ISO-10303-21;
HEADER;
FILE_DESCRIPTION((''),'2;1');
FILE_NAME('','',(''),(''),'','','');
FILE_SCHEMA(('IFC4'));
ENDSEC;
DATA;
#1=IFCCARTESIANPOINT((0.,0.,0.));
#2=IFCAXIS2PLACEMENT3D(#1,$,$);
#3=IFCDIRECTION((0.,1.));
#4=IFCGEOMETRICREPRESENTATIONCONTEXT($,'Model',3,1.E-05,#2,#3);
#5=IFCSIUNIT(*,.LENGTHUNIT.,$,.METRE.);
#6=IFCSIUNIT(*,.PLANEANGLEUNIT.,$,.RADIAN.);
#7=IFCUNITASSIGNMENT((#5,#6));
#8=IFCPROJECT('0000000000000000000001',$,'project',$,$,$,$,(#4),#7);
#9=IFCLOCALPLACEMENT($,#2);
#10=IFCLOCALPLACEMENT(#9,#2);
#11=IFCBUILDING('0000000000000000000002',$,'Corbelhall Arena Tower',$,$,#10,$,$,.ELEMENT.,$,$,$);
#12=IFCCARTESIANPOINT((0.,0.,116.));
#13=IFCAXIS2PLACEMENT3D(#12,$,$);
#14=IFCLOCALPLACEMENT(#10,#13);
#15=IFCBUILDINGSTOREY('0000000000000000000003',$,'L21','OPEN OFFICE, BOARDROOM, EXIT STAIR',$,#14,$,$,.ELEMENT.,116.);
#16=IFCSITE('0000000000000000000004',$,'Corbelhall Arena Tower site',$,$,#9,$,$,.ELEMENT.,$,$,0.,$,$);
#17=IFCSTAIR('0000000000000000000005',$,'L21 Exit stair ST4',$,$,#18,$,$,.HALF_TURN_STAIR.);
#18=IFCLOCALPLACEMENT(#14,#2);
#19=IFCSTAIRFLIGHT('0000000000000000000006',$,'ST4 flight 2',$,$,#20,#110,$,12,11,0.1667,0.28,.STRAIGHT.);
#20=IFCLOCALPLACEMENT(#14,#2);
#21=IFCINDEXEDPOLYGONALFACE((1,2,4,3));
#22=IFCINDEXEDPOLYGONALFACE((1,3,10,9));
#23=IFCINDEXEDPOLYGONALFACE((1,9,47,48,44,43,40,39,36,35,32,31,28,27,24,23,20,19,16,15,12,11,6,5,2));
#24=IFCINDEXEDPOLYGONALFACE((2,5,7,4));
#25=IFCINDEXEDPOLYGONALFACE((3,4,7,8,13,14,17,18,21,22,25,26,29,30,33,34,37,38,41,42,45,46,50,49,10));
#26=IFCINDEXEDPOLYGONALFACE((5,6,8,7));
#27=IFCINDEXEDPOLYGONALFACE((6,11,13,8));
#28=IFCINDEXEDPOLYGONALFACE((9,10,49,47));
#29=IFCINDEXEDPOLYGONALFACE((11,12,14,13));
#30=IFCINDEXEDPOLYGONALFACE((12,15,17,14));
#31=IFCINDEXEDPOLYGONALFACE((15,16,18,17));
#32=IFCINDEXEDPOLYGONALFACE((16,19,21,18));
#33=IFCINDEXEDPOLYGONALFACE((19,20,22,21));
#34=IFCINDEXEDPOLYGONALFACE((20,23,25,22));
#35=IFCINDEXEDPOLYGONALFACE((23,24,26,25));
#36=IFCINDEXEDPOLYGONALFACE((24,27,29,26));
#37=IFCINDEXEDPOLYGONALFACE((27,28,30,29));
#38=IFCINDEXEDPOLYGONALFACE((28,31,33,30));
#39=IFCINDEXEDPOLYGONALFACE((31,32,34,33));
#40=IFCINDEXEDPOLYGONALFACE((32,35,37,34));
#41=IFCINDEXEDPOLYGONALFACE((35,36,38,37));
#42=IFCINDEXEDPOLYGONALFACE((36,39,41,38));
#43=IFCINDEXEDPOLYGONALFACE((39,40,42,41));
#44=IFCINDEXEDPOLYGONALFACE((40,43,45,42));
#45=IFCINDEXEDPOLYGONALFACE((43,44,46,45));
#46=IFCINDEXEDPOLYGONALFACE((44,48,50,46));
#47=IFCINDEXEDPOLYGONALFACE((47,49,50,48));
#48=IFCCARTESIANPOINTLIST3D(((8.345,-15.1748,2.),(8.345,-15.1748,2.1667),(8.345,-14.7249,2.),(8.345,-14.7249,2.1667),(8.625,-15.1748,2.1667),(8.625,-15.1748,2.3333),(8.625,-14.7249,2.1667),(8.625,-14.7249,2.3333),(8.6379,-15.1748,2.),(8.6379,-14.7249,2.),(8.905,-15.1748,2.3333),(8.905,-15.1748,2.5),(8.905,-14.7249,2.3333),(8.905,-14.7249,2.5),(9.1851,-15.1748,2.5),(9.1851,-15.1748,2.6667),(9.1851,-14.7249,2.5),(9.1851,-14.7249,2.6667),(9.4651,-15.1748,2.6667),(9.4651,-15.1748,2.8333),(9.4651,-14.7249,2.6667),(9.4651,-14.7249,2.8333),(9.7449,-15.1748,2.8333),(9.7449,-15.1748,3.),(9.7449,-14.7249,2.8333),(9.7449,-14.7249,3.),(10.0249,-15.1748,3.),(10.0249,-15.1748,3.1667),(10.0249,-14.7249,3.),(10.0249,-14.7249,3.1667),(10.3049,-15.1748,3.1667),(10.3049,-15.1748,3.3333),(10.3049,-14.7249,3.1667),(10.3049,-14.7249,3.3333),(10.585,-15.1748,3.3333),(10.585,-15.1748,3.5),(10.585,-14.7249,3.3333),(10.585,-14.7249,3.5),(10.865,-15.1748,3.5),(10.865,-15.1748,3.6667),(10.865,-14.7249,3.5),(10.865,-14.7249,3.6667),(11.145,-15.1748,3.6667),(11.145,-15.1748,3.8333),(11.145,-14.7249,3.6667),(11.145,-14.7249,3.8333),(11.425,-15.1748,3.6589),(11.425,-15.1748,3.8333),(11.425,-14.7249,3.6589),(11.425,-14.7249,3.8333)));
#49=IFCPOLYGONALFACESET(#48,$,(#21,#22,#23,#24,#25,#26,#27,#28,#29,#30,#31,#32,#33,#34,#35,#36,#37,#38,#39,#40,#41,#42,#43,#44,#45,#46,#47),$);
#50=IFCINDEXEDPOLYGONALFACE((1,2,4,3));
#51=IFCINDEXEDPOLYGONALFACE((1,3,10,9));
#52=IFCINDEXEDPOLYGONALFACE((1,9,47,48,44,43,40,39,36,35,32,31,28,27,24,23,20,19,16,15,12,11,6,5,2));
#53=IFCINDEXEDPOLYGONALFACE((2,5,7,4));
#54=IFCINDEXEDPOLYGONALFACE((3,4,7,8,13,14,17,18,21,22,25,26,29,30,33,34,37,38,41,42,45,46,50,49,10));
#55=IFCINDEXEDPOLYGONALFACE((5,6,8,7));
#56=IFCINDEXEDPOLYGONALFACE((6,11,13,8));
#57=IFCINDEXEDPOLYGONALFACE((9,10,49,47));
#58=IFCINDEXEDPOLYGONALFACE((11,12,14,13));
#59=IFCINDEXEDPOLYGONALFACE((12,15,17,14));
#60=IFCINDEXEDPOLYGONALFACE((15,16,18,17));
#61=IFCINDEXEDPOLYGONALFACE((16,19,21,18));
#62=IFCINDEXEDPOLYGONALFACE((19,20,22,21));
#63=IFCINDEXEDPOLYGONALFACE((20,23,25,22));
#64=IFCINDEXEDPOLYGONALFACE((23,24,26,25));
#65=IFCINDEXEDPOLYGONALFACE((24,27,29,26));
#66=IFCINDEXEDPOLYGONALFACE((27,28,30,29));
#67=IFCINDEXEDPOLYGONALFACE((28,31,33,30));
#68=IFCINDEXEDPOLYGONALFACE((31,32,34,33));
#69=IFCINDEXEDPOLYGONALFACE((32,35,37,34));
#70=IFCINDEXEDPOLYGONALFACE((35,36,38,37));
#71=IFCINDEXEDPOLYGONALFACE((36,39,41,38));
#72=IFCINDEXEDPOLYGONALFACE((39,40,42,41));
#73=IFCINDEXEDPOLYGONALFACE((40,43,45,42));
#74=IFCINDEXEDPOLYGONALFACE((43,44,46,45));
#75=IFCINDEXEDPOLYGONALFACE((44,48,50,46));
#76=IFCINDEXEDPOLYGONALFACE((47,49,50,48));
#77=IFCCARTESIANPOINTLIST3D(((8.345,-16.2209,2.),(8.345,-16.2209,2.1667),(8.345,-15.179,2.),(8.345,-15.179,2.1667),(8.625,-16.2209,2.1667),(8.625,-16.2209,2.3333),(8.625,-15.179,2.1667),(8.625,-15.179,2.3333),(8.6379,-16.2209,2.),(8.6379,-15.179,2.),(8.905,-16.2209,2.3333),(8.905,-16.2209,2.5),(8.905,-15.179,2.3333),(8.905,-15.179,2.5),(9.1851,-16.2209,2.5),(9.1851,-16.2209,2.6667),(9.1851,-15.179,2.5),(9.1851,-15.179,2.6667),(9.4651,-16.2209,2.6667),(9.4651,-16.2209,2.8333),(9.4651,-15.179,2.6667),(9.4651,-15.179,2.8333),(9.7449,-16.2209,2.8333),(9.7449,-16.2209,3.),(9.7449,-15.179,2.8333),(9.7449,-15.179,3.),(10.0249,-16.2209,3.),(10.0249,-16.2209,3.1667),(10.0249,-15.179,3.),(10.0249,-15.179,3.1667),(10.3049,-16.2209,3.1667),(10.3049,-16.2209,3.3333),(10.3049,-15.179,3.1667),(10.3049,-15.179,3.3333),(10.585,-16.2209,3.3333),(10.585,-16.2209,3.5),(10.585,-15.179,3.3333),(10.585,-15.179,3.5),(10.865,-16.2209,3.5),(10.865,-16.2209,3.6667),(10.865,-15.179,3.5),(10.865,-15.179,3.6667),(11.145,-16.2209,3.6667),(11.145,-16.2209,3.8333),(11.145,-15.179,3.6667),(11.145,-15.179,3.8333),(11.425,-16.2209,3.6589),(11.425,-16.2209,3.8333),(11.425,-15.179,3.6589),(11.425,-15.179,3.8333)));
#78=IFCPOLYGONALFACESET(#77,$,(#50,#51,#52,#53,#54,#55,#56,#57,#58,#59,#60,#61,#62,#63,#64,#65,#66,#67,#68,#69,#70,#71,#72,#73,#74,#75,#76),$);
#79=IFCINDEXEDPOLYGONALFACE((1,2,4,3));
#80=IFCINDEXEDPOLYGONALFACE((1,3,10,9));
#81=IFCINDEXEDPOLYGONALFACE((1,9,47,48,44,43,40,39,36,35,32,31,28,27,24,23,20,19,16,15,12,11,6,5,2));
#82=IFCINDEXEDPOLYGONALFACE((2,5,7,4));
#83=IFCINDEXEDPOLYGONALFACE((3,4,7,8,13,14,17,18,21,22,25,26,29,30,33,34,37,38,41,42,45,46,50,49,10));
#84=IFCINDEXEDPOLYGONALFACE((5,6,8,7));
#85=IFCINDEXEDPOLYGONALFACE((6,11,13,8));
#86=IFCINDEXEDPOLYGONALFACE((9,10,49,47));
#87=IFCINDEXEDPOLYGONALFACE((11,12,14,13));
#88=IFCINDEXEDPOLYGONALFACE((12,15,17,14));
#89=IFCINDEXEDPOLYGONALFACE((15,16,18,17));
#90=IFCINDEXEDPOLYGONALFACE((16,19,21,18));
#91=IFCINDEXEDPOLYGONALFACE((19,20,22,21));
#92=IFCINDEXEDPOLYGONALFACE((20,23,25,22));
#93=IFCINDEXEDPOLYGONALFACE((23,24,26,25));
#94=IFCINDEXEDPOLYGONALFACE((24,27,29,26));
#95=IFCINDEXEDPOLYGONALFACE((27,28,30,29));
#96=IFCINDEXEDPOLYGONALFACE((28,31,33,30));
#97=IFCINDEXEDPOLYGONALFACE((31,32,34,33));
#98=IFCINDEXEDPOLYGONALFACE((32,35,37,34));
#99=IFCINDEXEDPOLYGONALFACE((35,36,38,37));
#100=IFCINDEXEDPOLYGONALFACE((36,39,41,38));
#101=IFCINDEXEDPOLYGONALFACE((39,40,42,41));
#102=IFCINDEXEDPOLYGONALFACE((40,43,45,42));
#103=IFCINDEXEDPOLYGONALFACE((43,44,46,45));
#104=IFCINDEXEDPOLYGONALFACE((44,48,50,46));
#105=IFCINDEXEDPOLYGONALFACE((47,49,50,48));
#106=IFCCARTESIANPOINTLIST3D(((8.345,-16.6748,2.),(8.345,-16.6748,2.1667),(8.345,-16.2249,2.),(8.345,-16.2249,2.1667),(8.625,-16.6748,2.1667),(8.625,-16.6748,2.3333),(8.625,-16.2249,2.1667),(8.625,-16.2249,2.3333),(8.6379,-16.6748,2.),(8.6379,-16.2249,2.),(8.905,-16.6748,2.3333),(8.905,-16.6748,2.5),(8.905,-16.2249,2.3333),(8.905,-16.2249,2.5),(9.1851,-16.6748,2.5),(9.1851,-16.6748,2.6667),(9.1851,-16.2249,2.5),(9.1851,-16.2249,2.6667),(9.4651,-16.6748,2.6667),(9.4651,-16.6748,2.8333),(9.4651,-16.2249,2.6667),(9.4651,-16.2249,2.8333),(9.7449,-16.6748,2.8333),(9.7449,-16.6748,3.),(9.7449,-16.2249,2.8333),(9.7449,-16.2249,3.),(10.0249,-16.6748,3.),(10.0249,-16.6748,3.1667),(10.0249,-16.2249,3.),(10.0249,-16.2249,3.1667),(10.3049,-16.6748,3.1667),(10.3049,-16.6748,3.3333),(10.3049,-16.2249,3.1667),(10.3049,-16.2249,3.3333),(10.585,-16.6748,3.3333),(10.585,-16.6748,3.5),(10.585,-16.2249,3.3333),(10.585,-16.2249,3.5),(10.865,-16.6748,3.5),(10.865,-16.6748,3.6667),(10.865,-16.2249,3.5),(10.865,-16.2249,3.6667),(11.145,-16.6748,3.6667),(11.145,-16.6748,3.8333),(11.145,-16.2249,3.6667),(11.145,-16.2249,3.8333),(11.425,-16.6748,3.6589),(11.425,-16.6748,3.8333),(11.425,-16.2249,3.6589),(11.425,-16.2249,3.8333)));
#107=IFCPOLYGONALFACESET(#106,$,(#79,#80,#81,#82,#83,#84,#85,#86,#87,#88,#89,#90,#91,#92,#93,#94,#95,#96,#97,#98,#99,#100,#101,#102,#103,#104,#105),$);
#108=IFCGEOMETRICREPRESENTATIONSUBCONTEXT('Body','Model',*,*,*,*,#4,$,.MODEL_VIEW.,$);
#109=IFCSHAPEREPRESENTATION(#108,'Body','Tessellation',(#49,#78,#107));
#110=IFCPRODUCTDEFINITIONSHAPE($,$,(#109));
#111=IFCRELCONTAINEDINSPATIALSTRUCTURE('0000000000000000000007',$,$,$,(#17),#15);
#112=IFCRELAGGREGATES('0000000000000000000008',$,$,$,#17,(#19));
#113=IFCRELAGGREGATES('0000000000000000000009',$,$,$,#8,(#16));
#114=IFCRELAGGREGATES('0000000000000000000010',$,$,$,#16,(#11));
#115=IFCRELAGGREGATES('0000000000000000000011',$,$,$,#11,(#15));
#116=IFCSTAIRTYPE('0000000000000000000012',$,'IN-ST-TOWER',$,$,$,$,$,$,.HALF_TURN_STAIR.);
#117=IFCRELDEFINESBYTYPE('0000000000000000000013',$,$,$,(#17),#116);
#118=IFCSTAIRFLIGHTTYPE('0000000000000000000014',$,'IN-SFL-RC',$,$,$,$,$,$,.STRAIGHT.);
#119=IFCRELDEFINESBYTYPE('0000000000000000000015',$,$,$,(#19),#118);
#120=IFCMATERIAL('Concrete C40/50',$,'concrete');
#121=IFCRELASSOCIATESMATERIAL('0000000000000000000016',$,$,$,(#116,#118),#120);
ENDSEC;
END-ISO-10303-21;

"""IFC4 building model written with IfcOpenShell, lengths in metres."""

from ifc_helpers import new_model, si_unit, direction, frame, origin, place, context, subcontext, project, spatial, polyline, outline, extrude, material, type_object, element, aggregate, save


model = new_model("IFC4")

# Units and contexts
model_context = context("Model", 3, precision=1e-05, world=origin(), true_north=direction((0.0, 1.0)))
body_context = subcontext(model_context, "Body", "Model", "MODEL_VIEW")
ifc_project = project(units=[si_unit("LENGTHUNIT", "METRE"), si_unit("PLANEANGLEUNIT", "RADIAN")], contexts=[model_context])

# Site, building, storey
site_placement = place(None, origin())
site = spatial("IfcSite", under=ifc_project, at=site_placement, Name="Corbelhall Arena Tower site", CompositionType="ELEMENT", RefElevation=0.0)
building_placement = place(site_placement, origin())
building = spatial("IfcBuilding", under=site, at=building_placement, Name="Corbelhall Arena Tower", CompositionType="ELEMENT")
storey_placement = place(building_placement, frame((0.0, 0.0, 116.0)))
storey = spatial("IfcBuildingStorey", under=building, at=storey_placement, Name="L21", Description="OPEN OFFICE, BOARDROOM, EXIT STAIR", CompositionType="ELEMENT", Elevation=116.0)

# Shared definitions
ifc_material_1 = material(Name="Concrete C40/50", Category="concrete")

# Stair, stair flight
stair_type = type_object("IfcStairType", Name="IN-ST-TOWER", PredefinedType="HALF_TURN_STAIR", material=ifc_material_1)
stair_placement = place(storey_placement, origin())
stair = element("IfcStair", 1, at=stair_placement, inside=storey, type_object=stair_type, Name="L21 Exit stair ST4", PredefinedType="HALF_TURN_STAIR")
stair_flight_type = type_object("IfcStairFlightType", Name="IN-SFL-RC", PredefinedType="STRAIGHT", material=ifc_material_1)
stair_flight_1_placement = place(storey_placement, frame((8.345, -15.7, 2.0), z_axis=(0.0, 0.0, 1.0), x_axis=(1.0, 0.0, 0.0)))
stair_flight_1 = element("IfcStairFlight", 2, at=stair_flight_1_placement, type_object=stair_flight_type, Name="ST4 flight 2", NumberOfRisers=12, NumberOfTreads=11, PredefinedType="STRAIGHT", RiserHeight=0.1667, TreadLength=0.28, context=body_context, shape_type="SweptSolid", body=[
    extrude(outline(polyline([(0.0, 0.0), (0.0, 0.1667), (0.28, 0.1667), (0.28, 0.3333), (0.5601, 0.3333), (0.5601, 0.5), (0.8401, 0.5), (0.8401, 0.6667), (1.1201, 0.6667), (1.1201, 0.8333), (1.3999, 0.8333), (1.3999, 1.0), (1.6799, 1.0), (1.6799, 1.1667), (1.96, 1.1667), (1.96, 1.3333), (2.24, 1.3333), (2.24, 1.5), (2.52, 1.5), (2.52, 1.6667), (2.8, 1.6667), (2.8, 1.8333), (3.0801, 1.8333), (3.0801, 2.0), (3.0801, 1.6589), (0.293, 0.0), (0.0, 0.0)])), frame((0.0, 0.9751, 0.0), z_axis=(0.0, -1.0, 0.0), x_axis=(1.0, 0.0, 0.0)), (0.0, 0.0, 1.0), 0.45),
    extrude(outline(polyline([(0.0, 0.0), (0.0, 0.1667), (0.28, 0.1667), (0.28, 0.3333), (0.5601, 0.3333), (0.5601, 0.5), (0.8401, 0.5), (0.8401, 0.6667), (1.1201, 0.6667), (1.1201, 0.8333), (1.3999, 0.8333), (1.3999, 1.0), (1.6799, 1.0), (1.6799, 1.1667), (1.96, 1.1667), (1.96, 1.3333), (2.24, 1.3333), (2.24, 1.5), (2.52, 1.5), (2.52, 1.6667), (2.8, 1.6667), (2.8, 1.8333), (3.0801, 1.8333), (3.0801, 2.0), (3.0801, 1.6589), (0.293, 0.0), (0.0, 0.0)])), frame((0.0, 0.521, 0.0), z_axis=(0.0, -1.0, 0.0), x_axis=(1.0, 0.0, 0.0)), (0.0, 0.0, 1.0), 1.042),
    extrude(outline(polyline([(0.0, 0.0), (0.0, 0.1667), (0.28, 0.1667), (0.28, 0.3333), (0.5601, 0.3333), (0.5601, 0.5), (0.8401, 0.5), (0.8401, 0.6667), (1.1201, 0.6667), (1.1201, 0.8333), (1.3999, 0.8333), (1.3999, 1.0), (1.6799, 1.0), (1.6799, 1.1667), (1.96, 1.1667), (1.96, 1.3333), (2.24, 1.3333), (2.24, 1.5), (2.52, 1.5), (2.52, 1.6667), (2.8, 1.6667), (2.8, 1.8333), (3.0801, 1.8333), (3.0801, 2.0), (3.0801, 1.6589), (0.293, 0.0), (0.0, 0.0)])), frame((0.0, -0.5249, 0.0), z_axis=(0.0, -1.0, 0.0), x_axis=(1.0, 0.0, 0.0)), (0.0, 0.0, 1.0), 0.45),
])
aggregate(stair, [stair_flight_1])

save(model, "model.ifc")
